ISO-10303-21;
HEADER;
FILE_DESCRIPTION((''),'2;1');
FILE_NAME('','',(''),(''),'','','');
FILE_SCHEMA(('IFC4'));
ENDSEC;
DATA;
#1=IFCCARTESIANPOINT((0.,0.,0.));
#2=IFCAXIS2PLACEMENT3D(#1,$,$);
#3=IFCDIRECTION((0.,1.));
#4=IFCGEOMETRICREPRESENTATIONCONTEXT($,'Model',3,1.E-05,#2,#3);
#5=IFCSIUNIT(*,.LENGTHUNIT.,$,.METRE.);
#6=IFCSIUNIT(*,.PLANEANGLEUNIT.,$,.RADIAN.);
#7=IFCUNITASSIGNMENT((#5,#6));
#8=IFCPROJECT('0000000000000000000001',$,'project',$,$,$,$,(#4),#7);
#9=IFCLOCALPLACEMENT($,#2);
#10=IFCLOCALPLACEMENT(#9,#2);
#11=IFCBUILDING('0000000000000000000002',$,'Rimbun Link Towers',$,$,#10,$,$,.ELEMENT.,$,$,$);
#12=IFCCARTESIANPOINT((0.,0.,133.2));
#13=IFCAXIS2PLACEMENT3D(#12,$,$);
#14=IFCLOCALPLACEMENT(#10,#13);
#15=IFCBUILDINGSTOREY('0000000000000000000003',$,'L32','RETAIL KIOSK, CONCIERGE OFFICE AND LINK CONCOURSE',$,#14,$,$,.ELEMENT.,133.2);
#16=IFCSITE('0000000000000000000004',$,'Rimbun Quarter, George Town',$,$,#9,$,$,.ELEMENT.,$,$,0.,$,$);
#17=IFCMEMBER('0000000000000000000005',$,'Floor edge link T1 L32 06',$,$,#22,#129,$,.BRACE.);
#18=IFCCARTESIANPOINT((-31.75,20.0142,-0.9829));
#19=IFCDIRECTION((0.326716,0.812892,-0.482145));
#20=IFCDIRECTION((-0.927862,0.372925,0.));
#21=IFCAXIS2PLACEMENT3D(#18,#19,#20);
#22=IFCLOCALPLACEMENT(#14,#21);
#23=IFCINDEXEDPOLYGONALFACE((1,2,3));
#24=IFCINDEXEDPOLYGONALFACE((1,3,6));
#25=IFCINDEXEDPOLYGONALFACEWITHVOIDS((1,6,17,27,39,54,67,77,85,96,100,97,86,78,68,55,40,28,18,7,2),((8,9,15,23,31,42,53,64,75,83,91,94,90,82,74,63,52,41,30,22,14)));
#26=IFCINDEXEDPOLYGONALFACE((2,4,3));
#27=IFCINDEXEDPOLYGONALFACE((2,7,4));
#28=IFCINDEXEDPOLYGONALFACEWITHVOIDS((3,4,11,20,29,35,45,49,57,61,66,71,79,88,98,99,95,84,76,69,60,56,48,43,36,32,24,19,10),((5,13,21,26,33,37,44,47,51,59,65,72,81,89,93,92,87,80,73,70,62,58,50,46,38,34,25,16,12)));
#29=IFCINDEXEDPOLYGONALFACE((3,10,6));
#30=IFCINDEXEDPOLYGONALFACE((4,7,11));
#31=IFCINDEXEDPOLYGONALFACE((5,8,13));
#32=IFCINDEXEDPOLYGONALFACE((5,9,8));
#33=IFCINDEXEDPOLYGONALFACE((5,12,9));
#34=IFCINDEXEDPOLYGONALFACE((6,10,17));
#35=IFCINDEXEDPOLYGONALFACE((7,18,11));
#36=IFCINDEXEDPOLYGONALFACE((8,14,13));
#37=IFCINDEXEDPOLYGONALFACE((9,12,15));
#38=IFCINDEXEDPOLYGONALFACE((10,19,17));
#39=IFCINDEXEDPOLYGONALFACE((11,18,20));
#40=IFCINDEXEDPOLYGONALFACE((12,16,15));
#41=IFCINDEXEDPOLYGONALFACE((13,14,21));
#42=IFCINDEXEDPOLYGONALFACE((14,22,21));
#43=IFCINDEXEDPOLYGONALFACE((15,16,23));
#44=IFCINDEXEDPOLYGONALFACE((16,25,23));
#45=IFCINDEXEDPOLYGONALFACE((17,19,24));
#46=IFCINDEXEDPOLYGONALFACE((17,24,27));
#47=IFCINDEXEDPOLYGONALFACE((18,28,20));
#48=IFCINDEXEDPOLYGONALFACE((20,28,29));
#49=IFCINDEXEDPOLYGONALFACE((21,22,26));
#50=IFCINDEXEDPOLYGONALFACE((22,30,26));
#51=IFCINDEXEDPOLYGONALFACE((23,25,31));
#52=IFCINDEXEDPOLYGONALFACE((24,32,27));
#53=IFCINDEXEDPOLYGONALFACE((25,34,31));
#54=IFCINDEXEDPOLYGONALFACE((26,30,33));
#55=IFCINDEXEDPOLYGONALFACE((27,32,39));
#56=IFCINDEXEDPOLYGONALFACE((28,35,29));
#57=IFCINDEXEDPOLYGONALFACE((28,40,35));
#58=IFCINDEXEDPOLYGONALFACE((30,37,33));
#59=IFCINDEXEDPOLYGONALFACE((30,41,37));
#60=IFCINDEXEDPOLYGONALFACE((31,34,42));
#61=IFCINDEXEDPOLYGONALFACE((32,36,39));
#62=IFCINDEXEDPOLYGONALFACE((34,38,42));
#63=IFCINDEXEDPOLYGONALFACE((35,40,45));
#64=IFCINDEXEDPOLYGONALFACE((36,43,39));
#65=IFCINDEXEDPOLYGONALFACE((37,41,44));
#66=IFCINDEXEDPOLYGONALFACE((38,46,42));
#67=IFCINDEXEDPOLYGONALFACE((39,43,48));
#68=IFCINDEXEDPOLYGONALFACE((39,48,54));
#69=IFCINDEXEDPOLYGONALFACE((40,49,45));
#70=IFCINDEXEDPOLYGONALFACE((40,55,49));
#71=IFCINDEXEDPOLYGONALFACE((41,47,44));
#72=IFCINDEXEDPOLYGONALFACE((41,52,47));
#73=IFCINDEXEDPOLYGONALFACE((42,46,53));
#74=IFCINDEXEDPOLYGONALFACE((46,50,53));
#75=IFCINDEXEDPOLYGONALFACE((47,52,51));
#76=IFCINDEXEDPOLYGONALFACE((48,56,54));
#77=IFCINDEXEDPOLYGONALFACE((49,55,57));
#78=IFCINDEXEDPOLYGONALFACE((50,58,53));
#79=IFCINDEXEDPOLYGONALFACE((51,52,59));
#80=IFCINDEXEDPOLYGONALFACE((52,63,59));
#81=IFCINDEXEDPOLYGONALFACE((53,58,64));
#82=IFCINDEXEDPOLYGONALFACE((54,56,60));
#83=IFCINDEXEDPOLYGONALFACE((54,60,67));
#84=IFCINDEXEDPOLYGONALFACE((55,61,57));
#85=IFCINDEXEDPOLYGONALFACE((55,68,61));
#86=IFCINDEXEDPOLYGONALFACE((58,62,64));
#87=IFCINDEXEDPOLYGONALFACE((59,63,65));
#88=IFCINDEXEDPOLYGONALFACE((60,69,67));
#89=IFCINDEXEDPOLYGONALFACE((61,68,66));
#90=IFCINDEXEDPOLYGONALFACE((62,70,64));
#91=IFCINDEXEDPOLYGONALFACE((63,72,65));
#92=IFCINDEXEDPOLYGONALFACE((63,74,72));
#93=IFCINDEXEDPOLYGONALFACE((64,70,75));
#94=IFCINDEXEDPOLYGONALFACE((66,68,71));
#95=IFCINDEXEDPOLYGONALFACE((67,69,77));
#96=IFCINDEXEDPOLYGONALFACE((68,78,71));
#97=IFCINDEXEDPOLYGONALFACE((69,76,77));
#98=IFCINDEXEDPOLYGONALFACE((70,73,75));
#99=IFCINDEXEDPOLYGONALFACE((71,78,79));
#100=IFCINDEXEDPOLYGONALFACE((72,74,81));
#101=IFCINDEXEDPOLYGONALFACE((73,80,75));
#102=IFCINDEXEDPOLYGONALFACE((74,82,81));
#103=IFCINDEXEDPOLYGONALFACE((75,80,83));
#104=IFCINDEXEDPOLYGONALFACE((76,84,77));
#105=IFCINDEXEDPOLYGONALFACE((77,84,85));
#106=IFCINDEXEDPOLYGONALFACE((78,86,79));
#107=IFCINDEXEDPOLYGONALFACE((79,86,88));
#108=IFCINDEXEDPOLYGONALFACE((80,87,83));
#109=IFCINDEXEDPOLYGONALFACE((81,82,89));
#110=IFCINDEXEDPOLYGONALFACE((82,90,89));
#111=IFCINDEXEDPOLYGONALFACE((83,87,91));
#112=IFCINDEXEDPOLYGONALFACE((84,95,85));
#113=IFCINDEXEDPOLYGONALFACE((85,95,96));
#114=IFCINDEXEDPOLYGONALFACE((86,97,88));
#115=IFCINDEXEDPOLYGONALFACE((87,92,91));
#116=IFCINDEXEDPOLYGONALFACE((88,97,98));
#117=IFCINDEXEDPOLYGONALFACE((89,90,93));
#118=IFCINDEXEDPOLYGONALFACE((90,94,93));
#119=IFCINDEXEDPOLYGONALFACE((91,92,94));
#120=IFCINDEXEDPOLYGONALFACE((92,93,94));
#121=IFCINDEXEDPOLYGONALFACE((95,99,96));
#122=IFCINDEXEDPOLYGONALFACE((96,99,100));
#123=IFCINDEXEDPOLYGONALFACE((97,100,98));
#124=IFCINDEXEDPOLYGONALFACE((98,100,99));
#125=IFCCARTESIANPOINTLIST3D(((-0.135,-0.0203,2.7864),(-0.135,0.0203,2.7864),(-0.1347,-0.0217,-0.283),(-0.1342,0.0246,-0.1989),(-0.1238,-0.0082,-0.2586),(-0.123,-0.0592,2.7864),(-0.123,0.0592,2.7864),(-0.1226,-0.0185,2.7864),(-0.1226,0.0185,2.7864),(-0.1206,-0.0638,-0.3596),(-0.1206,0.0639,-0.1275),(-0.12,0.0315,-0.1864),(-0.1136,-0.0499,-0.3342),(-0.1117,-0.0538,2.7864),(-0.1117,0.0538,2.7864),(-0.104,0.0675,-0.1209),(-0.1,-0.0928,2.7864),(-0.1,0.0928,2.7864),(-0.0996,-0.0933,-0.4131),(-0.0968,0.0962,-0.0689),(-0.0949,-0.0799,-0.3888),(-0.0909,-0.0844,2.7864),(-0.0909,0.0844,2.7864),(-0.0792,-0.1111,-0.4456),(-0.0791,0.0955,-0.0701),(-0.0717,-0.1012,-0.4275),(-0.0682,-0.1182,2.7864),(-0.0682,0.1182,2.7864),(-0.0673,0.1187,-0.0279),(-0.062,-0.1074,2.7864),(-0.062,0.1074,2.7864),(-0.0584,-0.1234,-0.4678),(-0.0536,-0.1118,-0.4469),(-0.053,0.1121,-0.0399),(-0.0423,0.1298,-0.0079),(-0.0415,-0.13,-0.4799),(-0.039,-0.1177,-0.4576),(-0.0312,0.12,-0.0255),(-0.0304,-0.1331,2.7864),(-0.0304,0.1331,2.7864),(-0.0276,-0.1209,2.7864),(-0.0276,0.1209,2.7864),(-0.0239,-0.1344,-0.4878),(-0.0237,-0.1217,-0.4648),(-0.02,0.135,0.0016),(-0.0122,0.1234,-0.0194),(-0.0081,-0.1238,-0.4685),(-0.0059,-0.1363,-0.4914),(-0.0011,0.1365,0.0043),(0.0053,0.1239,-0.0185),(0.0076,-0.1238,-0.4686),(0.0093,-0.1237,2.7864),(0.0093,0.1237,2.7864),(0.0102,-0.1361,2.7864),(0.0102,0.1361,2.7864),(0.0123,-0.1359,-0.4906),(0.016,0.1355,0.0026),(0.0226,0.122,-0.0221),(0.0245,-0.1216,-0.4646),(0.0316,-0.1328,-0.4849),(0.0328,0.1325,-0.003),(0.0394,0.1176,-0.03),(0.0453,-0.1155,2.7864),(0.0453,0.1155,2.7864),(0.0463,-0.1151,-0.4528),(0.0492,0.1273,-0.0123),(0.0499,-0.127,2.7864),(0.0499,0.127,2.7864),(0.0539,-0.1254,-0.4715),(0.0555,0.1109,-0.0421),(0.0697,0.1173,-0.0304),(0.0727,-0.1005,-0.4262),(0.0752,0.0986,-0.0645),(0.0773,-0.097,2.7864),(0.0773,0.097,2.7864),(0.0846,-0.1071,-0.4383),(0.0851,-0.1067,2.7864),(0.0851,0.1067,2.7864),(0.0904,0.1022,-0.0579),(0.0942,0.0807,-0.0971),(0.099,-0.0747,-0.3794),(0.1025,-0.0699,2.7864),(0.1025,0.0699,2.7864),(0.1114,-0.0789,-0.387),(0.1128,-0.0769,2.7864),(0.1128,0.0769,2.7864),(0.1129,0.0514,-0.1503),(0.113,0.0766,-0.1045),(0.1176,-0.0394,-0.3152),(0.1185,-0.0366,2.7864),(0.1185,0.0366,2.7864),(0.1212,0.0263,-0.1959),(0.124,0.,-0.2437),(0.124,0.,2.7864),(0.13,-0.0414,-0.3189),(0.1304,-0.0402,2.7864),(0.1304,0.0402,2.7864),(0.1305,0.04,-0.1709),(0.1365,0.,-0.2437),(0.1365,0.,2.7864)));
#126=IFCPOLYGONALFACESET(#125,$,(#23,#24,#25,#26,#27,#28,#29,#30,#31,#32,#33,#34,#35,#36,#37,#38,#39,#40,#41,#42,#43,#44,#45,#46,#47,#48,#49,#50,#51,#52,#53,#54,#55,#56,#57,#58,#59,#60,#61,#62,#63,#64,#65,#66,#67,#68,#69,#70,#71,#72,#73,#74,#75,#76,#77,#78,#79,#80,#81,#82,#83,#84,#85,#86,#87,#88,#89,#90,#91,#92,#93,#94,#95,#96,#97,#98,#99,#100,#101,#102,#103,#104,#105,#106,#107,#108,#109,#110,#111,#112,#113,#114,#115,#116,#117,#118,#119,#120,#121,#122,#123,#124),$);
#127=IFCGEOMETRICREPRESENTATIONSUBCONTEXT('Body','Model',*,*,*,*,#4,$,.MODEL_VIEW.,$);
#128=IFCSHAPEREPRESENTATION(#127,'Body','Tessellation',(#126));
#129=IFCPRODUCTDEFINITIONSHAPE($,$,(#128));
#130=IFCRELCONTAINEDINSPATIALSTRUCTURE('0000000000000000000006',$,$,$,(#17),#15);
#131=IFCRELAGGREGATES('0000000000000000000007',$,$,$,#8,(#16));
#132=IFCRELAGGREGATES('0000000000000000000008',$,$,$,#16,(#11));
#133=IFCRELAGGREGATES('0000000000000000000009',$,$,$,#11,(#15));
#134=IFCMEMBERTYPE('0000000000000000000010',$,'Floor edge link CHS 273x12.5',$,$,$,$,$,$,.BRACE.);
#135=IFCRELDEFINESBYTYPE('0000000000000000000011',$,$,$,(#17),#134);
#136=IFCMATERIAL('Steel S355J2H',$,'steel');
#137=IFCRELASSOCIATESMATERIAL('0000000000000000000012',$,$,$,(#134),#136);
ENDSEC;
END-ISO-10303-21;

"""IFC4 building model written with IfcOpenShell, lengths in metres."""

from ifc_helpers import new_model, si_unit, direction, frame, origin, origin_2d, place, context, subcontext, project, spatial, hollow_circle, extrude, clip, halfspace, material, material_profile, profile_set, type_object, element, save


model = new_model("IFC4")

# Units and contexts
model_context = context("Model", 3, precision=1e-05, world=origin(), true_north=direction((0.0, 1.0)))
body_context = subcontext(model_context, "Body", "Model", "MODEL_VIEW")
ifc_project = project(units=[si_unit("LENGTHUNIT", "METRE"), si_unit("PLANEANGLEUNIT", "RADIAN")], contexts=[model_context])

# Site, building, storey
site_placement = place(None, origin())
site = spatial("IfcSite", under=ifc_project, at=site_placement, Name="Rimbun Quarter, George Town", CompositionType="ELEMENT", RefElevation=0.0)
building_placement = place(site_placement, origin())
building = spatial("IfcBuilding", under=site, at=building_placement, Name="Rimbun Link Towers", CompositionType="ELEMENT")
storey_placement = place(building_placement, frame((0.0, 0.0, 133.2)))
storey = spatial("IfcBuildingStorey", under=building, at=storey_placement, Name="L32", Description="RETAIL KIOSK, CONCIERGE OFFICE AND LINK CONCOURSE", CompositionType="ELEMENT", Elevation=133.2)

# Member
ifc_material_1 = material(Name="Steel S355J2H", Category="steel")
ifc_material_profile_1 = material_profile(ifc_material_1, hollow_circle(Radius=0.1365, WallThickness=0.0125, at=origin_2d()), Name="CHS 273x12.5")
ifc_profile_set_1 = profile_set([ifc_material_profile_1], Name="Steel S355J2H")
member_type_1 = type_object("IfcMemberType", Name="Floor edge link CHS 273x12.5", PredefinedType="BRACE", material=ifc_profile_set_1)
member_1_placement = place(storey_placement, frame((-31.75, 20.0142, -0.9829), z_axis=(0.326716, 0.812892, -0.482145), x_axis=(-0.927862, 0.372925, 0.0)))
element("IfcMember", 1, at=member_1_placement, inside=storey, type_object=member_type_1, Name="Floor edge link T1 L32 06", PredefinedType="BRACE", context=body_context, shape_type="Clipping", body=[
    clip(extrude(hollow_circle(Radius=0.1365, WallThickness=0.0125, at=origin_2d()), frame((0.0, 0.0, -0.5168)), (0.0, 0.0, 1.0), 3.3032), halfspace(frame((0.0, 0.0, -0.2437), z_axis=(0.0, 0.876091, -0.482145)), False)),
])

save(model, "model.ifc")
